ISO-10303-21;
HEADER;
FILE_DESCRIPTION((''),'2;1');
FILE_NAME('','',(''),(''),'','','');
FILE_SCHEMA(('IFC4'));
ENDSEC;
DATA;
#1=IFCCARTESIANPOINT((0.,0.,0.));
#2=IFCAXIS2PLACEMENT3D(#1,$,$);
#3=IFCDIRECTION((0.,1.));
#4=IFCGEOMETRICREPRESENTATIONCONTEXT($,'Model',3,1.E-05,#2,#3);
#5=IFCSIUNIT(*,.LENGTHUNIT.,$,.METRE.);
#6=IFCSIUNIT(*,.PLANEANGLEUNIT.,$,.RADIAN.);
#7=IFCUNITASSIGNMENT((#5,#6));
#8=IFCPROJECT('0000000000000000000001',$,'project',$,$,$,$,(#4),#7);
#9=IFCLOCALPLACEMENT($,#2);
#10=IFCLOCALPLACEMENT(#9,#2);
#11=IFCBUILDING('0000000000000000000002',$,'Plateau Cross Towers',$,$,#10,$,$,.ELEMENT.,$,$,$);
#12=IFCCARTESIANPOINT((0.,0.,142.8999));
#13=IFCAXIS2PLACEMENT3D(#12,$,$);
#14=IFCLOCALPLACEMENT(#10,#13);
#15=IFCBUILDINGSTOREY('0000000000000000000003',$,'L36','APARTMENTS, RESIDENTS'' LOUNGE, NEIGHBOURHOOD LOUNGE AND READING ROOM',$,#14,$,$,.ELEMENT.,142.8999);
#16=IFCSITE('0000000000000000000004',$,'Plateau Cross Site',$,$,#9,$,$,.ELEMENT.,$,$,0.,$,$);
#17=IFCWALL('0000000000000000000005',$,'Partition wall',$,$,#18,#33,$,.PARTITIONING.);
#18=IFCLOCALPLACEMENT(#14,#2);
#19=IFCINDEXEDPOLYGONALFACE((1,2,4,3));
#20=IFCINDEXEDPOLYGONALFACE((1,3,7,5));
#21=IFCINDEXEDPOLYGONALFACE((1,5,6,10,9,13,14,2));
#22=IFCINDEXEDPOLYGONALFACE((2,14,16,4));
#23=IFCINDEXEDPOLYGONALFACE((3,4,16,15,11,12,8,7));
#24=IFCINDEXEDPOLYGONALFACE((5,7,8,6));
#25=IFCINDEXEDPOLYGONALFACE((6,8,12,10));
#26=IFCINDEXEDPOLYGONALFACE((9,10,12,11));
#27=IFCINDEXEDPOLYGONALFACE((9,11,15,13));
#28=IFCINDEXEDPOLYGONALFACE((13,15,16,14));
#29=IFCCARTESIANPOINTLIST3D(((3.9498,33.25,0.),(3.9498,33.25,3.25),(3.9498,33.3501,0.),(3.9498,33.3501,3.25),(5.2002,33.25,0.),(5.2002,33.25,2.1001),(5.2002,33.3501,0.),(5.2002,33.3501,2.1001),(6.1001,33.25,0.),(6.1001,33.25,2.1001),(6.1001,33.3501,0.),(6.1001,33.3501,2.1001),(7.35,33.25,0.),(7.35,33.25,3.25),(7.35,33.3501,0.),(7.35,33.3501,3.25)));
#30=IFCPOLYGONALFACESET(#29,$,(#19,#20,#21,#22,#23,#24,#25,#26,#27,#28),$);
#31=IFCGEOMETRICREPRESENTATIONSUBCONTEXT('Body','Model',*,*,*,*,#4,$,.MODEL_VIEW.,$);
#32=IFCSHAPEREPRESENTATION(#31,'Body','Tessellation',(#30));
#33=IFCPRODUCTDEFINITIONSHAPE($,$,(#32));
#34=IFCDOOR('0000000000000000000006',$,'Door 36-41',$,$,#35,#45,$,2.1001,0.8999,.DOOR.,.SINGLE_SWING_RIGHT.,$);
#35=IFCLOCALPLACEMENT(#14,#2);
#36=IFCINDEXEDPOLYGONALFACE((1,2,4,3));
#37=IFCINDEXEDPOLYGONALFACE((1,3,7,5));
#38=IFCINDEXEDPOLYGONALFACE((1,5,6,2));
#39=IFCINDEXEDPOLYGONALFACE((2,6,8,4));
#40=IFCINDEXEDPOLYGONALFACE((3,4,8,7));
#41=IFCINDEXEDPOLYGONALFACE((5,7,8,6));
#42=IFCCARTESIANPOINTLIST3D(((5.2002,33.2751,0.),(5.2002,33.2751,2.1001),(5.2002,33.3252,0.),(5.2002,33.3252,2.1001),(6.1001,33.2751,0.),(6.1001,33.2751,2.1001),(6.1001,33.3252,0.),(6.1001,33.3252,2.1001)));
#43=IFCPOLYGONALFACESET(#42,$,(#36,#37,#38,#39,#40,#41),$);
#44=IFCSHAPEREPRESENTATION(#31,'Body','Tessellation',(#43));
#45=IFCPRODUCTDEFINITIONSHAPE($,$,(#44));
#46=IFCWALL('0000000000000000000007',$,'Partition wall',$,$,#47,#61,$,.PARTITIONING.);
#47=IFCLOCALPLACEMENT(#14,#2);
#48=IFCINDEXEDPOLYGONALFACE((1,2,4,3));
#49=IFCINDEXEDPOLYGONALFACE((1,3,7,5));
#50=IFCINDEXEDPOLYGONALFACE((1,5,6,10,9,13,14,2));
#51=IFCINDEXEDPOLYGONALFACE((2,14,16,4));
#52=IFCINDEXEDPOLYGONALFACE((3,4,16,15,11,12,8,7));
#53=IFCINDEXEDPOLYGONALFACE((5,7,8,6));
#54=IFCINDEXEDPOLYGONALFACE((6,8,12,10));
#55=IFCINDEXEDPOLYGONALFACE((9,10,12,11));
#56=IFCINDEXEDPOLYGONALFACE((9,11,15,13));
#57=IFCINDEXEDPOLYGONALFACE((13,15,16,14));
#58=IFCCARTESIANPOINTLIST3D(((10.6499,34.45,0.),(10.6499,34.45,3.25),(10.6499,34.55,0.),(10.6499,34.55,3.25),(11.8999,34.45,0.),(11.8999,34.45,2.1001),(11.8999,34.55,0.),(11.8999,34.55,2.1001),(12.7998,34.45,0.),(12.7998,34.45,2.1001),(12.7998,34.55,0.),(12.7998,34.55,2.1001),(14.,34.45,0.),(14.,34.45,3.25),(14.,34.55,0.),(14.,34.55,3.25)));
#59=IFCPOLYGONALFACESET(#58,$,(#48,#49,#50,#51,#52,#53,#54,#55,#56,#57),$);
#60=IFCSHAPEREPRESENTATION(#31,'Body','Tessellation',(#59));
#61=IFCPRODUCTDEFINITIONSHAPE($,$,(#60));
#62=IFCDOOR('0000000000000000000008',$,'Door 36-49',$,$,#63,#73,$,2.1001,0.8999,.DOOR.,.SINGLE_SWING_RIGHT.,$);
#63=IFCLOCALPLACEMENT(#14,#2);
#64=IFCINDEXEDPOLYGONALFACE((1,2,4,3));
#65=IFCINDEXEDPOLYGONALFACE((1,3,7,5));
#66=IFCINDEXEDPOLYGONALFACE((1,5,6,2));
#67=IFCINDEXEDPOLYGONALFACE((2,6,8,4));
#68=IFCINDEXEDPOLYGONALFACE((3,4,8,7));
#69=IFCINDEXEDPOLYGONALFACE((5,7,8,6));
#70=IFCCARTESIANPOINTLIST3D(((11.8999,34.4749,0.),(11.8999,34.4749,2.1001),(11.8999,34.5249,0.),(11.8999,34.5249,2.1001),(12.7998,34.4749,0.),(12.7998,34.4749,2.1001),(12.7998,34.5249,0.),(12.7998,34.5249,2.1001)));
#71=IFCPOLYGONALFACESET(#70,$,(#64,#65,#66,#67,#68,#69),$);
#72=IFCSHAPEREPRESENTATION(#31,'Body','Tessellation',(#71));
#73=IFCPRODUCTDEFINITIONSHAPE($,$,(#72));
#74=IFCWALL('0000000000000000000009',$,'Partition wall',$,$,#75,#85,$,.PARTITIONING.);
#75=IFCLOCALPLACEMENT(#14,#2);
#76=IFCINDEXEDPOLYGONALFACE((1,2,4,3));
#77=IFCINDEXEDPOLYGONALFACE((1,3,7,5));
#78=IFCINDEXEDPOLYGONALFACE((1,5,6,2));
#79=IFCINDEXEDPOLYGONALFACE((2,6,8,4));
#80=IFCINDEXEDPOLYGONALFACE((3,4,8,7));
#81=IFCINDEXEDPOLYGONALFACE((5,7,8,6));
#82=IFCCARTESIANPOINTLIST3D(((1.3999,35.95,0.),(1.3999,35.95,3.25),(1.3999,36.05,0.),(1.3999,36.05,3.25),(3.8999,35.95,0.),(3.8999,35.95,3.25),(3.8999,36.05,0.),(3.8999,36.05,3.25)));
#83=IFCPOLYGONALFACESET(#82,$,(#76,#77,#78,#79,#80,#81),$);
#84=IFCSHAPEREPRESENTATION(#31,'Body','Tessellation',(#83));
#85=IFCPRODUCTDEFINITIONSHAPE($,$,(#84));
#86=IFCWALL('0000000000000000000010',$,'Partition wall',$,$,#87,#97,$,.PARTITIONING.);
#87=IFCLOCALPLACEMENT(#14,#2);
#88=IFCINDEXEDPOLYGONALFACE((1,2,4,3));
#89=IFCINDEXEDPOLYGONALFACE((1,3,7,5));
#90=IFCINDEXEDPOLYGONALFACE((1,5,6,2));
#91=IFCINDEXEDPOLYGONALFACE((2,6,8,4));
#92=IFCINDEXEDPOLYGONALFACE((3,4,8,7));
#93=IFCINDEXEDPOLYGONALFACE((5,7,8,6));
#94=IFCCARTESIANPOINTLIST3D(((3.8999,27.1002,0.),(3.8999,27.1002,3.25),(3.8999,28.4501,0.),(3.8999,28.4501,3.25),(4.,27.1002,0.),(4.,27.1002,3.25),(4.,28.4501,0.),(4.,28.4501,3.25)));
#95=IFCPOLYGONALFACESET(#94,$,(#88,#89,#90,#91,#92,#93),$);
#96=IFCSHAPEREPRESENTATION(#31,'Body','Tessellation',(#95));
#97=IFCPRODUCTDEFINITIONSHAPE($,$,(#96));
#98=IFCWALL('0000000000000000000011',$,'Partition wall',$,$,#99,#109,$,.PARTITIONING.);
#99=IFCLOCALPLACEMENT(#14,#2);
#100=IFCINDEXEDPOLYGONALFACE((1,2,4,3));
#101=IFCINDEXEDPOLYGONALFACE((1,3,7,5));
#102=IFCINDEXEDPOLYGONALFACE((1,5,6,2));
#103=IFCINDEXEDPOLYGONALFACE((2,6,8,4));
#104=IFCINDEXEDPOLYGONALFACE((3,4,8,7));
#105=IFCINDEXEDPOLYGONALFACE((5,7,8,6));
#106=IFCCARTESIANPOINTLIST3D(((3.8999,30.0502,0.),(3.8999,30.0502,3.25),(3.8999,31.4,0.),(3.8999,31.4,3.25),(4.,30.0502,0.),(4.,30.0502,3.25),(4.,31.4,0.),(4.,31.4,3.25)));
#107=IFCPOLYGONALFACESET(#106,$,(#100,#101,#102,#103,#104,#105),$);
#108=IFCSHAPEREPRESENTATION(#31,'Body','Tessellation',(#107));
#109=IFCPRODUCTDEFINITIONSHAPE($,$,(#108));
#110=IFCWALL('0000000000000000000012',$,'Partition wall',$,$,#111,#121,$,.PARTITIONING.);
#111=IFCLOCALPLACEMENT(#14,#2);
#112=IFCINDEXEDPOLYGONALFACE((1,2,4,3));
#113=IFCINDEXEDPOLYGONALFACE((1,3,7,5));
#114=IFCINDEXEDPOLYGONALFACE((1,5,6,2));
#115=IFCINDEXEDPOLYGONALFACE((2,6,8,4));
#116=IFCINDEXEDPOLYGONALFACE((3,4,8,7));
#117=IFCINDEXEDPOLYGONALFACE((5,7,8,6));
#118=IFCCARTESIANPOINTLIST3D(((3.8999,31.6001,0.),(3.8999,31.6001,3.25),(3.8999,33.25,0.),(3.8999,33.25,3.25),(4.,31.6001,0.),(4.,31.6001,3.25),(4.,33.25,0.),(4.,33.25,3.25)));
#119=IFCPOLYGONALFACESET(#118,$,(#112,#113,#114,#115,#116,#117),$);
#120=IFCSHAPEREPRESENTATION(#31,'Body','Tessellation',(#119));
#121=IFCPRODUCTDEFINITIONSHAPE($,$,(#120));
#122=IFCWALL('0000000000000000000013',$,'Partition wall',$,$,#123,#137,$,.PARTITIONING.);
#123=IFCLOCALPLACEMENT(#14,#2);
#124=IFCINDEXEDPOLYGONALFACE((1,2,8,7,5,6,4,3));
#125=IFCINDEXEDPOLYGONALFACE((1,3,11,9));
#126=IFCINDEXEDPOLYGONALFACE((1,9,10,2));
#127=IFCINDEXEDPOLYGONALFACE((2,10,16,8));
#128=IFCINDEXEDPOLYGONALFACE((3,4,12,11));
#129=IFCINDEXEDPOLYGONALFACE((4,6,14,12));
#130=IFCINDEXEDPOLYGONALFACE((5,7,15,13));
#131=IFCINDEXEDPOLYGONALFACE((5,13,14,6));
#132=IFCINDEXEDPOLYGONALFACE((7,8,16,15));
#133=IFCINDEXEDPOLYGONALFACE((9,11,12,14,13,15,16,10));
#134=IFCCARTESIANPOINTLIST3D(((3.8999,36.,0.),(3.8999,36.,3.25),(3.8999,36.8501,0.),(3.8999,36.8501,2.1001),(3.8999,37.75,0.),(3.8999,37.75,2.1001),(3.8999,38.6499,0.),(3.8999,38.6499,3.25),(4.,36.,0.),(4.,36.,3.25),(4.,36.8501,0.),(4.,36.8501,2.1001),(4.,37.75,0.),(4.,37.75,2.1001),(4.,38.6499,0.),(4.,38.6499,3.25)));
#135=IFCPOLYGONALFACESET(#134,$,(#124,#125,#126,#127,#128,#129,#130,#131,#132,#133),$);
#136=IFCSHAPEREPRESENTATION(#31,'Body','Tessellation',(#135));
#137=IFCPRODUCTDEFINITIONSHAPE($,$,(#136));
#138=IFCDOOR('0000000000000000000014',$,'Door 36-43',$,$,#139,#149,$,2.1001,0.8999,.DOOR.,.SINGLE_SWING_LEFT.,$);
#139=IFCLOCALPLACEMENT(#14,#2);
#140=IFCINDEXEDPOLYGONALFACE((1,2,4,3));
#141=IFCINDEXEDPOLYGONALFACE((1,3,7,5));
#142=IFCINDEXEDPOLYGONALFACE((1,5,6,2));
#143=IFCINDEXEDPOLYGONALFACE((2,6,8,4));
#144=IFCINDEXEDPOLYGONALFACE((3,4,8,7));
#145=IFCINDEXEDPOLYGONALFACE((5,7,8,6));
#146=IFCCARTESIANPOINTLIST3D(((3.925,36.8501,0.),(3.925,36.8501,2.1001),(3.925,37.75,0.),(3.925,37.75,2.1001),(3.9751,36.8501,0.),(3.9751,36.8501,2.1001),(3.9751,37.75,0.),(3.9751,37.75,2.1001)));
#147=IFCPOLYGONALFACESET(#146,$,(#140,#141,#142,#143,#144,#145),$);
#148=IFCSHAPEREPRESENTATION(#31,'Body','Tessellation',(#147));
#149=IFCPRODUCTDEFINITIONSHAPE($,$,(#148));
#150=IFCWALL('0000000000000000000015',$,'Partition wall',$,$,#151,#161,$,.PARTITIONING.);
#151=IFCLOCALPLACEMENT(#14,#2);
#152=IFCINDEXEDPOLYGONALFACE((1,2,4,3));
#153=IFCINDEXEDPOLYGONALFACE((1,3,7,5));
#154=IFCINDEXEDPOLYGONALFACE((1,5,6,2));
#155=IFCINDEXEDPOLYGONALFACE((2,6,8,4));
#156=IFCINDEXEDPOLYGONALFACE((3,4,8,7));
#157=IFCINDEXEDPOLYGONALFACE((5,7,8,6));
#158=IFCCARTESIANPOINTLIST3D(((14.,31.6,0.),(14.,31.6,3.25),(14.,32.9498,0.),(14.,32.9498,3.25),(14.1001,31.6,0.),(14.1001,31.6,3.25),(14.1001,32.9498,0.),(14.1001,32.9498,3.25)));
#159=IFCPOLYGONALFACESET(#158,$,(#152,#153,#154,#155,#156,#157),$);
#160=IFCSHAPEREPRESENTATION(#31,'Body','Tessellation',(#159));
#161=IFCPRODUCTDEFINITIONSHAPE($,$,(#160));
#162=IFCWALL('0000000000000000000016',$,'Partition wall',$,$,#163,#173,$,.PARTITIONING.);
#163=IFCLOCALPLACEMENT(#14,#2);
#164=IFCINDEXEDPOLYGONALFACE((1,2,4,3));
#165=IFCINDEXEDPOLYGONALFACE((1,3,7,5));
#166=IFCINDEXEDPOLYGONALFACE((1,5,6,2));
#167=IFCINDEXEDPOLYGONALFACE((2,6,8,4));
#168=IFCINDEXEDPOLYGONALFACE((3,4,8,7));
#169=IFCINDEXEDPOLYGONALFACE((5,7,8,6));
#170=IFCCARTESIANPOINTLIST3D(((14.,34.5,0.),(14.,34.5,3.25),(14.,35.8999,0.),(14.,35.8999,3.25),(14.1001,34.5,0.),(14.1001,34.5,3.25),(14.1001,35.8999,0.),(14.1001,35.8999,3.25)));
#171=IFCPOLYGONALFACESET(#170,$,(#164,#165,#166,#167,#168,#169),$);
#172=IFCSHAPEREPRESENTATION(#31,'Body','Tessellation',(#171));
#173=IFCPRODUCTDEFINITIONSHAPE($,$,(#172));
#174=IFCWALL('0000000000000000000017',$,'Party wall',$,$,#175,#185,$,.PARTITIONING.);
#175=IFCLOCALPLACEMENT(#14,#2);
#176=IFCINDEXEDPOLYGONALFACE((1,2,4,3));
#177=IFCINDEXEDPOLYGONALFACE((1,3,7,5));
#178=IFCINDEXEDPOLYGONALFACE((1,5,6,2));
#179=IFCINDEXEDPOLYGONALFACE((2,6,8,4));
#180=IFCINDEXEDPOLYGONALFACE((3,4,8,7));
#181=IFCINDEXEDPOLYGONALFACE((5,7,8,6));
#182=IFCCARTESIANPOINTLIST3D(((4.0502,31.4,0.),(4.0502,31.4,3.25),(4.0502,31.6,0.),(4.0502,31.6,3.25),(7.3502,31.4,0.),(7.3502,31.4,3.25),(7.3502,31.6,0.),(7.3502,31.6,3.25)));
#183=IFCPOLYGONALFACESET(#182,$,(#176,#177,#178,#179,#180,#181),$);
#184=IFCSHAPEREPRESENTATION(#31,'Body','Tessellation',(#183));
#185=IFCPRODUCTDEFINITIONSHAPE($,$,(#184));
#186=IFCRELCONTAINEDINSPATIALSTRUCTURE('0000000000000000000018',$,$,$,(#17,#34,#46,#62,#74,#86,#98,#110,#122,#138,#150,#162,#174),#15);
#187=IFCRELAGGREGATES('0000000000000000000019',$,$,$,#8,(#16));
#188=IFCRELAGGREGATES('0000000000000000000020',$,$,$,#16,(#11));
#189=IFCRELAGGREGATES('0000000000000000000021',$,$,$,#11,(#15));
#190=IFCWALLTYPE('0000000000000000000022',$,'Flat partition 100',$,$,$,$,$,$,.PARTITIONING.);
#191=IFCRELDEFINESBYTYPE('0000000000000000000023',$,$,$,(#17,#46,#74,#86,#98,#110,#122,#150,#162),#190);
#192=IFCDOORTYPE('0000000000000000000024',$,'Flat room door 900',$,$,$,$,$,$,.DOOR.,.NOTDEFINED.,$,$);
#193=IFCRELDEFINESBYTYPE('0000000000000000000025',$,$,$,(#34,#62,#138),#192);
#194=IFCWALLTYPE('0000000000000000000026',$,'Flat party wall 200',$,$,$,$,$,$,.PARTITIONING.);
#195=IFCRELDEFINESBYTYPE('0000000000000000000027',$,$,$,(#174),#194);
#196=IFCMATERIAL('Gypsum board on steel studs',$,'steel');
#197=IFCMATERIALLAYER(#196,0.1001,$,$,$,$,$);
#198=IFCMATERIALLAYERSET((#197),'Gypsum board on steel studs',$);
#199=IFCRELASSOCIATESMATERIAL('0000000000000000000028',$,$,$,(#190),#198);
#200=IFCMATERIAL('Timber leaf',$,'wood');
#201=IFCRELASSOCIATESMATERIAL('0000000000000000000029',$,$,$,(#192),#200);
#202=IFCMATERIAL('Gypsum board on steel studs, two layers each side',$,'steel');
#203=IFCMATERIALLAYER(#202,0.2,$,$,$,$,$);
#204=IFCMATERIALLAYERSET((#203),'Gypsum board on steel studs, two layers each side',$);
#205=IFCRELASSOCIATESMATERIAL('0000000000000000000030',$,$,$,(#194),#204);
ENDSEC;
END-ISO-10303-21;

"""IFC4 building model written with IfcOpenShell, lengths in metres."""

from ifc_helpers import new_model, si_unit, direction, frame, frame_2d, origin, place, context, subcontext, project, spatial, rectangle, extrude, material, layer, layer_set, type_object, element, fill, save


model = new_model("IFC4")

# Units and contexts
model_context = context("Model", 3, precision=1e-05, world=origin(), true_north=direction((0.0, 1.0)))
body_context = subcontext(model_context, "Body", "Model", "MODEL_VIEW")
ifc_project = project(units=[si_unit("LENGTHUNIT", "METRE"), si_unit("PLANEANGLEUNIT", "RADIAN")], contexts=[model_context])

# Site, building, storey
site_placement = place(None, origin())
site = spatial("IfcSite", under=ifc_project, at=site_placement, Name="Plateau Cross Site", CompositionType="ELEMENT", RefElevation=0.0)
building_placement = place(site_placement, origin())
building = spatial("IfcBuilding", under=site, at=building_placement, Name="Plateau Cross Towers", CompositionType="ELEMENT")
storey_placement = place(building_placement, frame((0.0, 0.0, 142.8999)))
storey = spatial("IfcBuildingStorey", under=building, at=storey_placement, Name="L36", Description="APARTMENTS, RESIDENTS' LOUNGE, NEIGHBOURHOOD LOUNGE AND READING ROOM", CompositionType="ELEMENT", Elevation=142.8999)

# Walls, openings, doors
ifc_material_1 = material(Name="Gypsum board on steel studs", Category="steel")
ifc_layer_1 = layer(ifc_material_1, 0.1001)
ifc_layer_set_1 = layer_set([ifc_layer_1], Name="Gypsum board on steel studs")
wall_type_1 = type_object("IfcWallType", Name="Flat partition 100", PredefinedType="PARTITIONING", material=ifc_layer_set_1)
ifc_material_2 = material(Name="Timber leaf", Category="wood")
door_type_1 = type_object("IfcDoorType", Name="Flat room door 900", OperationType="NOTDEFINED", PredefinedType="DOOR", material=ifc_material_2)
wall_1_placement = place(storey_placement, frame((7.3501, 33.3, 0.0), z_axis=(0.0, 0.0, 1.0), x_axis=(-1.0, 0.0, 0.0)))
wall_1 = element("IfcWall", 1, at=wall_1_placement, inside=storey, type_object=wall_type_1, Name="Partition wall", PredefinedType="PARTITIONING", context=body_context, shape_type="SweptSolid", body=[
    extrude(rectangle(XDim=3.4001, YDim=0.1001, at=frame_2d((1.7002, 0.0))), origin(), (0.0, 0.0, 1.0), 3.25),
])
opening_1_placement = place(wall_1_placement, frame((1.25, 0.0, 0.0)))
opening_1 = element("IfcOpeningElement", 2, at=opening_1_placement, cuts=wall_1, PredefinedType="OPENING", context=body_context, shape_type="SweptSolid", body=[
    extrude(rectangle(XDim=0.8999, YDim=2.1001, at=frame_2d((0.45, 1.05))), frame((0.0, 0.0601, 0.0), z_axis=(0.0, -1.0, 0.0), x_axis=(1.0, 0.0, 0.0)), (0.0, 0.0, 1.0), 0.1201),
])
door_1_placement = place(opening_1_placement, origin())
door_1 = element("IfcDoor", 3, at=door_1_placement, inside=storey, type_object=door_type_1, Name="Door 36-41", OperationType="SINGLE_SWING_RIGHT", OverallHeight=2.1001, OverallWidth=0.8999, PredefinedType="DOOR", context=body_context, shape_type="SweptSolid", body=[
    extrude(rectangle(XDim=0.8999, YDim=2.1001, at=frame_2d((0.45, 1.05))), frame((0.0, 0.0249, 0.0), z_axis=(0.0, -1.0, 0.0), x_axis=(1.0, 0.0, 0.0)), (0.0, 0.0, 1.0), 0.05),
])
fill(opening_1, door_1)
wall_2_placement = place(storey_placement, frame((10.6499, 34.5, 0.0), z_axis=(0.0, 0.0, 1.0), x_axis=(1.0, 0.0, 0.0)))
wall_2 = element("IfcWall", 4, at=wall_2_placement, inside=storey, type_object=wall_type_1, Name="Partition wall", PredefinedType="PARTITIONING", context=body_context, shape_type="SweptSolid", body=[
    extrude(rectangle(XDim=3.3501, YDim=0.1001, at=frame_2d((1.675, 0.0))), origin(), (0.0, 0.0, 1.0), 3.25),
])
opening_2_placement = place(wall_2_placement, frame((1.25, 0.0, 0.0)))
opening_2 = element("IfcOpeningElement", 5, at=opening_2_placement, cuts=wall_2, PredefinedType="OPENING", context=body_context, shape_type="SweptSolid", body=[
    extrude(rectangle(XDim=0.8999, YDim=2.1001, at=frame_2d((0.45, 1.05))), frame((0.0, 0.0601, 0.0), z_axis=(0.0, -1.0, 0.0), x_axis=(1.0, 0.0, 0.0)), (0.0, 0.0, 1.0), 0.1201),
])
door_2_placement = place(opening_2_placement, origin())
door_2 = element("IfcDoor", 6, at=door_2_placement, inside=storey, type_object=door_type_1, Name="Door 36-49", OperationType="SINGLE_SWING_RIGHT", OverallHeight=2.1001, OverallWidth=0.8999, PredefinedType="DOOR", context=body_context, shape_type="SweptSolid", body=[
    extrude(rectangle(XDim=0.8999, YDim=2.1001, at=frame_2d((0.45, 1.05))), frame((0.0, 0.0249, 0.0), z_axis=(0.0, -1.0, 0.0), x_axis=(1.0, 0.0, 0.0)), (0.0, 0.0, 1.0), 0.05),
])
fill(opening_2, door_2)

# Walls
wall_3_placement = place(storey_placement, frame((1.3999, 36.0, 0.0), z_axis=(0.0, 0.0, 1.0), x_axis=(1.0, 0.0, 0.0)))
element("IfcWall", 7, at=wall_3_placement, inside=storey, type_object=wall_type_1, Name="Partition wall", PredefinedType="PARTITIONING", context=body_context, shape_type="SweptSolid", body=[
    extrude(rectangle(XDim=2.5, YDim=0.1001, at=frame_2d((1.25, 0.0))), origin(), (0.0, 0.0, 1.0), 3.25),
])
for number, where, z_axis, x_axis, name in (
    (8, (3.95, 28.45, 0.0), (0.0, 0.0, 1.0), (0.0, -1.0, 0.0), "Partition wall"),
    (9, (3.95, 31.3999, 0.0), (0.0, 0.0, 1.0), (0.0, -1.0, 0.0), "Partition wall"),
):
    element("IfcWall", number, at=place(storey_placement, frame(where, z_axis=z_axis, x_axis=x_axis)), inside=storey, type_object=wall_type_1, Name=name, PredefinedType="PARTITIONING", context=body_context, shape_type="SweptSolid", body=[
        extrude(rectangle(XDim=1.3499, YDim=0.1001, at=frame_2d((0.6748, 0.0))), origin(), (0.0, 0.0, 1.0), 3.25),
    ])
wall_4_placement = place(storey_placement, frame((3.95, 33.25, 0.0), z_axis=(0.0, 0.0, 1.0), x_axis=(0.0, -1.0, 0.0)))
element("IfcWall", 10, at=wall_4_placement, inside=storey, type_object=wall_type_1, Name="Partition wall", PredefinedType="PARTITIONING", context=body_context, shape_type="SweptSolid", body=[
    extrude(rectangle(XDim=1.6499, YDim=0.1001, at=frame_2d((0.825, 0.0))), origin(), (0.0, 0.0, 1.0), 3.25),
])

# Wall, opening, door
wall_5_placement = place(storey_placement, frame((3.95, 36.0, 0.0), z_axis=(0.0, 0.0, 1.0), x_axis=(0.0, 1.0, 0.0)))
wall_5 = element("IfcWall", 11, at=wall_5_placement, inside=storey, type_object=wall_type_1, Name="Partition wall", PredefinedType="PARTITIONING", context=body_context, shape_type="SweptSolid", body=[
    extrude(rectangle(XDim=2.6499, YDim=0.1001, at=frame_2d((1.325, 0.0))), origin(), (0.0, 0.0, 1.0), 3.25),
])
opening_3_placement = place(wall_5_placement, frame((0.8501, 0.0, 0.0)))
opening_3 = element("IfcOpeningElement", 12, at=opening_3_placement, cuts=wall_5, PredefinedType="OPENING", context=body_context, shape_type="SweptSolid", body=[
    extrude(rectangle(XDim=0.8999, YDim=2.1001, at=frame_2d((0.45, 1.05))), frame((0.0, 0.0601, 0.0), z_axis=(0.0, -1.0, 0.0), x_axis=(1.0, 0.0, 0.0)), (0.0, 0.0, 1.0), 0.1201),
])
door_3_placement = place(opening_3_placement, origin())
door_3 = element("IfcDoor", 13, at=door_3_placement, inside=storey, type_object=door_type_1, Name="Door 36-43", OperationType="SINGLE_SWING_LEFT", OverallHeight=2.1001, OverallWidth=0.8999, PredefinedType="DOOR", context=body_context, shape_type="SweptSolid", body=[
    extrude(rectangle(XDim=0.8999, YDim=2.1001, at=frame_2d((0.45, 1.05))), frame((0.0, 0.0249, 0.0), z_axis=(0.0, -1.0, 0.0), x_axis=(1.0, 0.0, 0.0)), (0.0, 0.0, 1.0), 0.05),
])
fill(opening_3, door_3)

# Walls
wall_6_placement = place(storey_placement, frame((14.05, 31.6001, 0.0), z_axis=(0.0, 0.0, 1.0), x_axis=(0.0, 1.0, 0.0)))
element("IfcWall", 14, at=wall_6_placement, inside=storey, type_object=wall_type_1, Name="Partition wall", PredefinedType="PARTITIONING", context=body_context, shape_type="SweptSolid", body=[
    extrude(rectangle(XDim=1.3499, YDim=0.1001, at=frame_2d((0.6748, 0.0))), origin(), (0.0, 0.0, 1.0), 3.25),
])
wall_7_placement = place(storey_placement, frame((14.05, 34.5, 0.0), z_axis=(0.0, 0.0, 1.0), x_axis=(0.0, 1.0, 0.0)))
element("IfcWall", 15, at=wall_7_placement, inside=storey, type_object=wall_type_1, Name="Partition wall", PredefinedType="PARTITIONING", context=body_context, shape_type="SweptSolid", body=[
    extrude(rectangle(XDim=1.3999, YDim=0.1001, at=frame_2d((0.7, 0.0))), origin(), (0.0, 0.0, 1.0), 3.25),
])
ifc_material_3 = material(Name="Gypsum board on steel studs, two layers each side", Category="steel")
ifc_layer_2 = layer(ifc_material_3, 0.2)
ifc_layer_set_2 = layer_set([ifc_layer_2], Name="Gypsum board on steel studs, two layers each side")
wall_type_2 = type_object("IfcWallType", Name="Flat party wall 200", PredefinedType="PARTITIONING", material=ifc_layer_set_2)
wall_8_placement = place(storey_placement, frame((7.3501, 31.5, 0.0), z_axis=(0.0, 0.0, 1.0), x_axis=(-1.0, 0.0, 0.0)))
element("IfcWall", 16, at=wall_8_placement, inside=storey, type_object=wall_type_2, Name="Party wall", PredefinedType="PARTITIONING", context=body_context, shape_type="SweptSolid", body=[
    extrude(rectangle(XDim=3.3, YDim=0.2, at=frame_2d((1.6499, 0.0))), origin(), (0.0, 0.0, 1.0), 3.25),
])

save(model, "model.ifc")
